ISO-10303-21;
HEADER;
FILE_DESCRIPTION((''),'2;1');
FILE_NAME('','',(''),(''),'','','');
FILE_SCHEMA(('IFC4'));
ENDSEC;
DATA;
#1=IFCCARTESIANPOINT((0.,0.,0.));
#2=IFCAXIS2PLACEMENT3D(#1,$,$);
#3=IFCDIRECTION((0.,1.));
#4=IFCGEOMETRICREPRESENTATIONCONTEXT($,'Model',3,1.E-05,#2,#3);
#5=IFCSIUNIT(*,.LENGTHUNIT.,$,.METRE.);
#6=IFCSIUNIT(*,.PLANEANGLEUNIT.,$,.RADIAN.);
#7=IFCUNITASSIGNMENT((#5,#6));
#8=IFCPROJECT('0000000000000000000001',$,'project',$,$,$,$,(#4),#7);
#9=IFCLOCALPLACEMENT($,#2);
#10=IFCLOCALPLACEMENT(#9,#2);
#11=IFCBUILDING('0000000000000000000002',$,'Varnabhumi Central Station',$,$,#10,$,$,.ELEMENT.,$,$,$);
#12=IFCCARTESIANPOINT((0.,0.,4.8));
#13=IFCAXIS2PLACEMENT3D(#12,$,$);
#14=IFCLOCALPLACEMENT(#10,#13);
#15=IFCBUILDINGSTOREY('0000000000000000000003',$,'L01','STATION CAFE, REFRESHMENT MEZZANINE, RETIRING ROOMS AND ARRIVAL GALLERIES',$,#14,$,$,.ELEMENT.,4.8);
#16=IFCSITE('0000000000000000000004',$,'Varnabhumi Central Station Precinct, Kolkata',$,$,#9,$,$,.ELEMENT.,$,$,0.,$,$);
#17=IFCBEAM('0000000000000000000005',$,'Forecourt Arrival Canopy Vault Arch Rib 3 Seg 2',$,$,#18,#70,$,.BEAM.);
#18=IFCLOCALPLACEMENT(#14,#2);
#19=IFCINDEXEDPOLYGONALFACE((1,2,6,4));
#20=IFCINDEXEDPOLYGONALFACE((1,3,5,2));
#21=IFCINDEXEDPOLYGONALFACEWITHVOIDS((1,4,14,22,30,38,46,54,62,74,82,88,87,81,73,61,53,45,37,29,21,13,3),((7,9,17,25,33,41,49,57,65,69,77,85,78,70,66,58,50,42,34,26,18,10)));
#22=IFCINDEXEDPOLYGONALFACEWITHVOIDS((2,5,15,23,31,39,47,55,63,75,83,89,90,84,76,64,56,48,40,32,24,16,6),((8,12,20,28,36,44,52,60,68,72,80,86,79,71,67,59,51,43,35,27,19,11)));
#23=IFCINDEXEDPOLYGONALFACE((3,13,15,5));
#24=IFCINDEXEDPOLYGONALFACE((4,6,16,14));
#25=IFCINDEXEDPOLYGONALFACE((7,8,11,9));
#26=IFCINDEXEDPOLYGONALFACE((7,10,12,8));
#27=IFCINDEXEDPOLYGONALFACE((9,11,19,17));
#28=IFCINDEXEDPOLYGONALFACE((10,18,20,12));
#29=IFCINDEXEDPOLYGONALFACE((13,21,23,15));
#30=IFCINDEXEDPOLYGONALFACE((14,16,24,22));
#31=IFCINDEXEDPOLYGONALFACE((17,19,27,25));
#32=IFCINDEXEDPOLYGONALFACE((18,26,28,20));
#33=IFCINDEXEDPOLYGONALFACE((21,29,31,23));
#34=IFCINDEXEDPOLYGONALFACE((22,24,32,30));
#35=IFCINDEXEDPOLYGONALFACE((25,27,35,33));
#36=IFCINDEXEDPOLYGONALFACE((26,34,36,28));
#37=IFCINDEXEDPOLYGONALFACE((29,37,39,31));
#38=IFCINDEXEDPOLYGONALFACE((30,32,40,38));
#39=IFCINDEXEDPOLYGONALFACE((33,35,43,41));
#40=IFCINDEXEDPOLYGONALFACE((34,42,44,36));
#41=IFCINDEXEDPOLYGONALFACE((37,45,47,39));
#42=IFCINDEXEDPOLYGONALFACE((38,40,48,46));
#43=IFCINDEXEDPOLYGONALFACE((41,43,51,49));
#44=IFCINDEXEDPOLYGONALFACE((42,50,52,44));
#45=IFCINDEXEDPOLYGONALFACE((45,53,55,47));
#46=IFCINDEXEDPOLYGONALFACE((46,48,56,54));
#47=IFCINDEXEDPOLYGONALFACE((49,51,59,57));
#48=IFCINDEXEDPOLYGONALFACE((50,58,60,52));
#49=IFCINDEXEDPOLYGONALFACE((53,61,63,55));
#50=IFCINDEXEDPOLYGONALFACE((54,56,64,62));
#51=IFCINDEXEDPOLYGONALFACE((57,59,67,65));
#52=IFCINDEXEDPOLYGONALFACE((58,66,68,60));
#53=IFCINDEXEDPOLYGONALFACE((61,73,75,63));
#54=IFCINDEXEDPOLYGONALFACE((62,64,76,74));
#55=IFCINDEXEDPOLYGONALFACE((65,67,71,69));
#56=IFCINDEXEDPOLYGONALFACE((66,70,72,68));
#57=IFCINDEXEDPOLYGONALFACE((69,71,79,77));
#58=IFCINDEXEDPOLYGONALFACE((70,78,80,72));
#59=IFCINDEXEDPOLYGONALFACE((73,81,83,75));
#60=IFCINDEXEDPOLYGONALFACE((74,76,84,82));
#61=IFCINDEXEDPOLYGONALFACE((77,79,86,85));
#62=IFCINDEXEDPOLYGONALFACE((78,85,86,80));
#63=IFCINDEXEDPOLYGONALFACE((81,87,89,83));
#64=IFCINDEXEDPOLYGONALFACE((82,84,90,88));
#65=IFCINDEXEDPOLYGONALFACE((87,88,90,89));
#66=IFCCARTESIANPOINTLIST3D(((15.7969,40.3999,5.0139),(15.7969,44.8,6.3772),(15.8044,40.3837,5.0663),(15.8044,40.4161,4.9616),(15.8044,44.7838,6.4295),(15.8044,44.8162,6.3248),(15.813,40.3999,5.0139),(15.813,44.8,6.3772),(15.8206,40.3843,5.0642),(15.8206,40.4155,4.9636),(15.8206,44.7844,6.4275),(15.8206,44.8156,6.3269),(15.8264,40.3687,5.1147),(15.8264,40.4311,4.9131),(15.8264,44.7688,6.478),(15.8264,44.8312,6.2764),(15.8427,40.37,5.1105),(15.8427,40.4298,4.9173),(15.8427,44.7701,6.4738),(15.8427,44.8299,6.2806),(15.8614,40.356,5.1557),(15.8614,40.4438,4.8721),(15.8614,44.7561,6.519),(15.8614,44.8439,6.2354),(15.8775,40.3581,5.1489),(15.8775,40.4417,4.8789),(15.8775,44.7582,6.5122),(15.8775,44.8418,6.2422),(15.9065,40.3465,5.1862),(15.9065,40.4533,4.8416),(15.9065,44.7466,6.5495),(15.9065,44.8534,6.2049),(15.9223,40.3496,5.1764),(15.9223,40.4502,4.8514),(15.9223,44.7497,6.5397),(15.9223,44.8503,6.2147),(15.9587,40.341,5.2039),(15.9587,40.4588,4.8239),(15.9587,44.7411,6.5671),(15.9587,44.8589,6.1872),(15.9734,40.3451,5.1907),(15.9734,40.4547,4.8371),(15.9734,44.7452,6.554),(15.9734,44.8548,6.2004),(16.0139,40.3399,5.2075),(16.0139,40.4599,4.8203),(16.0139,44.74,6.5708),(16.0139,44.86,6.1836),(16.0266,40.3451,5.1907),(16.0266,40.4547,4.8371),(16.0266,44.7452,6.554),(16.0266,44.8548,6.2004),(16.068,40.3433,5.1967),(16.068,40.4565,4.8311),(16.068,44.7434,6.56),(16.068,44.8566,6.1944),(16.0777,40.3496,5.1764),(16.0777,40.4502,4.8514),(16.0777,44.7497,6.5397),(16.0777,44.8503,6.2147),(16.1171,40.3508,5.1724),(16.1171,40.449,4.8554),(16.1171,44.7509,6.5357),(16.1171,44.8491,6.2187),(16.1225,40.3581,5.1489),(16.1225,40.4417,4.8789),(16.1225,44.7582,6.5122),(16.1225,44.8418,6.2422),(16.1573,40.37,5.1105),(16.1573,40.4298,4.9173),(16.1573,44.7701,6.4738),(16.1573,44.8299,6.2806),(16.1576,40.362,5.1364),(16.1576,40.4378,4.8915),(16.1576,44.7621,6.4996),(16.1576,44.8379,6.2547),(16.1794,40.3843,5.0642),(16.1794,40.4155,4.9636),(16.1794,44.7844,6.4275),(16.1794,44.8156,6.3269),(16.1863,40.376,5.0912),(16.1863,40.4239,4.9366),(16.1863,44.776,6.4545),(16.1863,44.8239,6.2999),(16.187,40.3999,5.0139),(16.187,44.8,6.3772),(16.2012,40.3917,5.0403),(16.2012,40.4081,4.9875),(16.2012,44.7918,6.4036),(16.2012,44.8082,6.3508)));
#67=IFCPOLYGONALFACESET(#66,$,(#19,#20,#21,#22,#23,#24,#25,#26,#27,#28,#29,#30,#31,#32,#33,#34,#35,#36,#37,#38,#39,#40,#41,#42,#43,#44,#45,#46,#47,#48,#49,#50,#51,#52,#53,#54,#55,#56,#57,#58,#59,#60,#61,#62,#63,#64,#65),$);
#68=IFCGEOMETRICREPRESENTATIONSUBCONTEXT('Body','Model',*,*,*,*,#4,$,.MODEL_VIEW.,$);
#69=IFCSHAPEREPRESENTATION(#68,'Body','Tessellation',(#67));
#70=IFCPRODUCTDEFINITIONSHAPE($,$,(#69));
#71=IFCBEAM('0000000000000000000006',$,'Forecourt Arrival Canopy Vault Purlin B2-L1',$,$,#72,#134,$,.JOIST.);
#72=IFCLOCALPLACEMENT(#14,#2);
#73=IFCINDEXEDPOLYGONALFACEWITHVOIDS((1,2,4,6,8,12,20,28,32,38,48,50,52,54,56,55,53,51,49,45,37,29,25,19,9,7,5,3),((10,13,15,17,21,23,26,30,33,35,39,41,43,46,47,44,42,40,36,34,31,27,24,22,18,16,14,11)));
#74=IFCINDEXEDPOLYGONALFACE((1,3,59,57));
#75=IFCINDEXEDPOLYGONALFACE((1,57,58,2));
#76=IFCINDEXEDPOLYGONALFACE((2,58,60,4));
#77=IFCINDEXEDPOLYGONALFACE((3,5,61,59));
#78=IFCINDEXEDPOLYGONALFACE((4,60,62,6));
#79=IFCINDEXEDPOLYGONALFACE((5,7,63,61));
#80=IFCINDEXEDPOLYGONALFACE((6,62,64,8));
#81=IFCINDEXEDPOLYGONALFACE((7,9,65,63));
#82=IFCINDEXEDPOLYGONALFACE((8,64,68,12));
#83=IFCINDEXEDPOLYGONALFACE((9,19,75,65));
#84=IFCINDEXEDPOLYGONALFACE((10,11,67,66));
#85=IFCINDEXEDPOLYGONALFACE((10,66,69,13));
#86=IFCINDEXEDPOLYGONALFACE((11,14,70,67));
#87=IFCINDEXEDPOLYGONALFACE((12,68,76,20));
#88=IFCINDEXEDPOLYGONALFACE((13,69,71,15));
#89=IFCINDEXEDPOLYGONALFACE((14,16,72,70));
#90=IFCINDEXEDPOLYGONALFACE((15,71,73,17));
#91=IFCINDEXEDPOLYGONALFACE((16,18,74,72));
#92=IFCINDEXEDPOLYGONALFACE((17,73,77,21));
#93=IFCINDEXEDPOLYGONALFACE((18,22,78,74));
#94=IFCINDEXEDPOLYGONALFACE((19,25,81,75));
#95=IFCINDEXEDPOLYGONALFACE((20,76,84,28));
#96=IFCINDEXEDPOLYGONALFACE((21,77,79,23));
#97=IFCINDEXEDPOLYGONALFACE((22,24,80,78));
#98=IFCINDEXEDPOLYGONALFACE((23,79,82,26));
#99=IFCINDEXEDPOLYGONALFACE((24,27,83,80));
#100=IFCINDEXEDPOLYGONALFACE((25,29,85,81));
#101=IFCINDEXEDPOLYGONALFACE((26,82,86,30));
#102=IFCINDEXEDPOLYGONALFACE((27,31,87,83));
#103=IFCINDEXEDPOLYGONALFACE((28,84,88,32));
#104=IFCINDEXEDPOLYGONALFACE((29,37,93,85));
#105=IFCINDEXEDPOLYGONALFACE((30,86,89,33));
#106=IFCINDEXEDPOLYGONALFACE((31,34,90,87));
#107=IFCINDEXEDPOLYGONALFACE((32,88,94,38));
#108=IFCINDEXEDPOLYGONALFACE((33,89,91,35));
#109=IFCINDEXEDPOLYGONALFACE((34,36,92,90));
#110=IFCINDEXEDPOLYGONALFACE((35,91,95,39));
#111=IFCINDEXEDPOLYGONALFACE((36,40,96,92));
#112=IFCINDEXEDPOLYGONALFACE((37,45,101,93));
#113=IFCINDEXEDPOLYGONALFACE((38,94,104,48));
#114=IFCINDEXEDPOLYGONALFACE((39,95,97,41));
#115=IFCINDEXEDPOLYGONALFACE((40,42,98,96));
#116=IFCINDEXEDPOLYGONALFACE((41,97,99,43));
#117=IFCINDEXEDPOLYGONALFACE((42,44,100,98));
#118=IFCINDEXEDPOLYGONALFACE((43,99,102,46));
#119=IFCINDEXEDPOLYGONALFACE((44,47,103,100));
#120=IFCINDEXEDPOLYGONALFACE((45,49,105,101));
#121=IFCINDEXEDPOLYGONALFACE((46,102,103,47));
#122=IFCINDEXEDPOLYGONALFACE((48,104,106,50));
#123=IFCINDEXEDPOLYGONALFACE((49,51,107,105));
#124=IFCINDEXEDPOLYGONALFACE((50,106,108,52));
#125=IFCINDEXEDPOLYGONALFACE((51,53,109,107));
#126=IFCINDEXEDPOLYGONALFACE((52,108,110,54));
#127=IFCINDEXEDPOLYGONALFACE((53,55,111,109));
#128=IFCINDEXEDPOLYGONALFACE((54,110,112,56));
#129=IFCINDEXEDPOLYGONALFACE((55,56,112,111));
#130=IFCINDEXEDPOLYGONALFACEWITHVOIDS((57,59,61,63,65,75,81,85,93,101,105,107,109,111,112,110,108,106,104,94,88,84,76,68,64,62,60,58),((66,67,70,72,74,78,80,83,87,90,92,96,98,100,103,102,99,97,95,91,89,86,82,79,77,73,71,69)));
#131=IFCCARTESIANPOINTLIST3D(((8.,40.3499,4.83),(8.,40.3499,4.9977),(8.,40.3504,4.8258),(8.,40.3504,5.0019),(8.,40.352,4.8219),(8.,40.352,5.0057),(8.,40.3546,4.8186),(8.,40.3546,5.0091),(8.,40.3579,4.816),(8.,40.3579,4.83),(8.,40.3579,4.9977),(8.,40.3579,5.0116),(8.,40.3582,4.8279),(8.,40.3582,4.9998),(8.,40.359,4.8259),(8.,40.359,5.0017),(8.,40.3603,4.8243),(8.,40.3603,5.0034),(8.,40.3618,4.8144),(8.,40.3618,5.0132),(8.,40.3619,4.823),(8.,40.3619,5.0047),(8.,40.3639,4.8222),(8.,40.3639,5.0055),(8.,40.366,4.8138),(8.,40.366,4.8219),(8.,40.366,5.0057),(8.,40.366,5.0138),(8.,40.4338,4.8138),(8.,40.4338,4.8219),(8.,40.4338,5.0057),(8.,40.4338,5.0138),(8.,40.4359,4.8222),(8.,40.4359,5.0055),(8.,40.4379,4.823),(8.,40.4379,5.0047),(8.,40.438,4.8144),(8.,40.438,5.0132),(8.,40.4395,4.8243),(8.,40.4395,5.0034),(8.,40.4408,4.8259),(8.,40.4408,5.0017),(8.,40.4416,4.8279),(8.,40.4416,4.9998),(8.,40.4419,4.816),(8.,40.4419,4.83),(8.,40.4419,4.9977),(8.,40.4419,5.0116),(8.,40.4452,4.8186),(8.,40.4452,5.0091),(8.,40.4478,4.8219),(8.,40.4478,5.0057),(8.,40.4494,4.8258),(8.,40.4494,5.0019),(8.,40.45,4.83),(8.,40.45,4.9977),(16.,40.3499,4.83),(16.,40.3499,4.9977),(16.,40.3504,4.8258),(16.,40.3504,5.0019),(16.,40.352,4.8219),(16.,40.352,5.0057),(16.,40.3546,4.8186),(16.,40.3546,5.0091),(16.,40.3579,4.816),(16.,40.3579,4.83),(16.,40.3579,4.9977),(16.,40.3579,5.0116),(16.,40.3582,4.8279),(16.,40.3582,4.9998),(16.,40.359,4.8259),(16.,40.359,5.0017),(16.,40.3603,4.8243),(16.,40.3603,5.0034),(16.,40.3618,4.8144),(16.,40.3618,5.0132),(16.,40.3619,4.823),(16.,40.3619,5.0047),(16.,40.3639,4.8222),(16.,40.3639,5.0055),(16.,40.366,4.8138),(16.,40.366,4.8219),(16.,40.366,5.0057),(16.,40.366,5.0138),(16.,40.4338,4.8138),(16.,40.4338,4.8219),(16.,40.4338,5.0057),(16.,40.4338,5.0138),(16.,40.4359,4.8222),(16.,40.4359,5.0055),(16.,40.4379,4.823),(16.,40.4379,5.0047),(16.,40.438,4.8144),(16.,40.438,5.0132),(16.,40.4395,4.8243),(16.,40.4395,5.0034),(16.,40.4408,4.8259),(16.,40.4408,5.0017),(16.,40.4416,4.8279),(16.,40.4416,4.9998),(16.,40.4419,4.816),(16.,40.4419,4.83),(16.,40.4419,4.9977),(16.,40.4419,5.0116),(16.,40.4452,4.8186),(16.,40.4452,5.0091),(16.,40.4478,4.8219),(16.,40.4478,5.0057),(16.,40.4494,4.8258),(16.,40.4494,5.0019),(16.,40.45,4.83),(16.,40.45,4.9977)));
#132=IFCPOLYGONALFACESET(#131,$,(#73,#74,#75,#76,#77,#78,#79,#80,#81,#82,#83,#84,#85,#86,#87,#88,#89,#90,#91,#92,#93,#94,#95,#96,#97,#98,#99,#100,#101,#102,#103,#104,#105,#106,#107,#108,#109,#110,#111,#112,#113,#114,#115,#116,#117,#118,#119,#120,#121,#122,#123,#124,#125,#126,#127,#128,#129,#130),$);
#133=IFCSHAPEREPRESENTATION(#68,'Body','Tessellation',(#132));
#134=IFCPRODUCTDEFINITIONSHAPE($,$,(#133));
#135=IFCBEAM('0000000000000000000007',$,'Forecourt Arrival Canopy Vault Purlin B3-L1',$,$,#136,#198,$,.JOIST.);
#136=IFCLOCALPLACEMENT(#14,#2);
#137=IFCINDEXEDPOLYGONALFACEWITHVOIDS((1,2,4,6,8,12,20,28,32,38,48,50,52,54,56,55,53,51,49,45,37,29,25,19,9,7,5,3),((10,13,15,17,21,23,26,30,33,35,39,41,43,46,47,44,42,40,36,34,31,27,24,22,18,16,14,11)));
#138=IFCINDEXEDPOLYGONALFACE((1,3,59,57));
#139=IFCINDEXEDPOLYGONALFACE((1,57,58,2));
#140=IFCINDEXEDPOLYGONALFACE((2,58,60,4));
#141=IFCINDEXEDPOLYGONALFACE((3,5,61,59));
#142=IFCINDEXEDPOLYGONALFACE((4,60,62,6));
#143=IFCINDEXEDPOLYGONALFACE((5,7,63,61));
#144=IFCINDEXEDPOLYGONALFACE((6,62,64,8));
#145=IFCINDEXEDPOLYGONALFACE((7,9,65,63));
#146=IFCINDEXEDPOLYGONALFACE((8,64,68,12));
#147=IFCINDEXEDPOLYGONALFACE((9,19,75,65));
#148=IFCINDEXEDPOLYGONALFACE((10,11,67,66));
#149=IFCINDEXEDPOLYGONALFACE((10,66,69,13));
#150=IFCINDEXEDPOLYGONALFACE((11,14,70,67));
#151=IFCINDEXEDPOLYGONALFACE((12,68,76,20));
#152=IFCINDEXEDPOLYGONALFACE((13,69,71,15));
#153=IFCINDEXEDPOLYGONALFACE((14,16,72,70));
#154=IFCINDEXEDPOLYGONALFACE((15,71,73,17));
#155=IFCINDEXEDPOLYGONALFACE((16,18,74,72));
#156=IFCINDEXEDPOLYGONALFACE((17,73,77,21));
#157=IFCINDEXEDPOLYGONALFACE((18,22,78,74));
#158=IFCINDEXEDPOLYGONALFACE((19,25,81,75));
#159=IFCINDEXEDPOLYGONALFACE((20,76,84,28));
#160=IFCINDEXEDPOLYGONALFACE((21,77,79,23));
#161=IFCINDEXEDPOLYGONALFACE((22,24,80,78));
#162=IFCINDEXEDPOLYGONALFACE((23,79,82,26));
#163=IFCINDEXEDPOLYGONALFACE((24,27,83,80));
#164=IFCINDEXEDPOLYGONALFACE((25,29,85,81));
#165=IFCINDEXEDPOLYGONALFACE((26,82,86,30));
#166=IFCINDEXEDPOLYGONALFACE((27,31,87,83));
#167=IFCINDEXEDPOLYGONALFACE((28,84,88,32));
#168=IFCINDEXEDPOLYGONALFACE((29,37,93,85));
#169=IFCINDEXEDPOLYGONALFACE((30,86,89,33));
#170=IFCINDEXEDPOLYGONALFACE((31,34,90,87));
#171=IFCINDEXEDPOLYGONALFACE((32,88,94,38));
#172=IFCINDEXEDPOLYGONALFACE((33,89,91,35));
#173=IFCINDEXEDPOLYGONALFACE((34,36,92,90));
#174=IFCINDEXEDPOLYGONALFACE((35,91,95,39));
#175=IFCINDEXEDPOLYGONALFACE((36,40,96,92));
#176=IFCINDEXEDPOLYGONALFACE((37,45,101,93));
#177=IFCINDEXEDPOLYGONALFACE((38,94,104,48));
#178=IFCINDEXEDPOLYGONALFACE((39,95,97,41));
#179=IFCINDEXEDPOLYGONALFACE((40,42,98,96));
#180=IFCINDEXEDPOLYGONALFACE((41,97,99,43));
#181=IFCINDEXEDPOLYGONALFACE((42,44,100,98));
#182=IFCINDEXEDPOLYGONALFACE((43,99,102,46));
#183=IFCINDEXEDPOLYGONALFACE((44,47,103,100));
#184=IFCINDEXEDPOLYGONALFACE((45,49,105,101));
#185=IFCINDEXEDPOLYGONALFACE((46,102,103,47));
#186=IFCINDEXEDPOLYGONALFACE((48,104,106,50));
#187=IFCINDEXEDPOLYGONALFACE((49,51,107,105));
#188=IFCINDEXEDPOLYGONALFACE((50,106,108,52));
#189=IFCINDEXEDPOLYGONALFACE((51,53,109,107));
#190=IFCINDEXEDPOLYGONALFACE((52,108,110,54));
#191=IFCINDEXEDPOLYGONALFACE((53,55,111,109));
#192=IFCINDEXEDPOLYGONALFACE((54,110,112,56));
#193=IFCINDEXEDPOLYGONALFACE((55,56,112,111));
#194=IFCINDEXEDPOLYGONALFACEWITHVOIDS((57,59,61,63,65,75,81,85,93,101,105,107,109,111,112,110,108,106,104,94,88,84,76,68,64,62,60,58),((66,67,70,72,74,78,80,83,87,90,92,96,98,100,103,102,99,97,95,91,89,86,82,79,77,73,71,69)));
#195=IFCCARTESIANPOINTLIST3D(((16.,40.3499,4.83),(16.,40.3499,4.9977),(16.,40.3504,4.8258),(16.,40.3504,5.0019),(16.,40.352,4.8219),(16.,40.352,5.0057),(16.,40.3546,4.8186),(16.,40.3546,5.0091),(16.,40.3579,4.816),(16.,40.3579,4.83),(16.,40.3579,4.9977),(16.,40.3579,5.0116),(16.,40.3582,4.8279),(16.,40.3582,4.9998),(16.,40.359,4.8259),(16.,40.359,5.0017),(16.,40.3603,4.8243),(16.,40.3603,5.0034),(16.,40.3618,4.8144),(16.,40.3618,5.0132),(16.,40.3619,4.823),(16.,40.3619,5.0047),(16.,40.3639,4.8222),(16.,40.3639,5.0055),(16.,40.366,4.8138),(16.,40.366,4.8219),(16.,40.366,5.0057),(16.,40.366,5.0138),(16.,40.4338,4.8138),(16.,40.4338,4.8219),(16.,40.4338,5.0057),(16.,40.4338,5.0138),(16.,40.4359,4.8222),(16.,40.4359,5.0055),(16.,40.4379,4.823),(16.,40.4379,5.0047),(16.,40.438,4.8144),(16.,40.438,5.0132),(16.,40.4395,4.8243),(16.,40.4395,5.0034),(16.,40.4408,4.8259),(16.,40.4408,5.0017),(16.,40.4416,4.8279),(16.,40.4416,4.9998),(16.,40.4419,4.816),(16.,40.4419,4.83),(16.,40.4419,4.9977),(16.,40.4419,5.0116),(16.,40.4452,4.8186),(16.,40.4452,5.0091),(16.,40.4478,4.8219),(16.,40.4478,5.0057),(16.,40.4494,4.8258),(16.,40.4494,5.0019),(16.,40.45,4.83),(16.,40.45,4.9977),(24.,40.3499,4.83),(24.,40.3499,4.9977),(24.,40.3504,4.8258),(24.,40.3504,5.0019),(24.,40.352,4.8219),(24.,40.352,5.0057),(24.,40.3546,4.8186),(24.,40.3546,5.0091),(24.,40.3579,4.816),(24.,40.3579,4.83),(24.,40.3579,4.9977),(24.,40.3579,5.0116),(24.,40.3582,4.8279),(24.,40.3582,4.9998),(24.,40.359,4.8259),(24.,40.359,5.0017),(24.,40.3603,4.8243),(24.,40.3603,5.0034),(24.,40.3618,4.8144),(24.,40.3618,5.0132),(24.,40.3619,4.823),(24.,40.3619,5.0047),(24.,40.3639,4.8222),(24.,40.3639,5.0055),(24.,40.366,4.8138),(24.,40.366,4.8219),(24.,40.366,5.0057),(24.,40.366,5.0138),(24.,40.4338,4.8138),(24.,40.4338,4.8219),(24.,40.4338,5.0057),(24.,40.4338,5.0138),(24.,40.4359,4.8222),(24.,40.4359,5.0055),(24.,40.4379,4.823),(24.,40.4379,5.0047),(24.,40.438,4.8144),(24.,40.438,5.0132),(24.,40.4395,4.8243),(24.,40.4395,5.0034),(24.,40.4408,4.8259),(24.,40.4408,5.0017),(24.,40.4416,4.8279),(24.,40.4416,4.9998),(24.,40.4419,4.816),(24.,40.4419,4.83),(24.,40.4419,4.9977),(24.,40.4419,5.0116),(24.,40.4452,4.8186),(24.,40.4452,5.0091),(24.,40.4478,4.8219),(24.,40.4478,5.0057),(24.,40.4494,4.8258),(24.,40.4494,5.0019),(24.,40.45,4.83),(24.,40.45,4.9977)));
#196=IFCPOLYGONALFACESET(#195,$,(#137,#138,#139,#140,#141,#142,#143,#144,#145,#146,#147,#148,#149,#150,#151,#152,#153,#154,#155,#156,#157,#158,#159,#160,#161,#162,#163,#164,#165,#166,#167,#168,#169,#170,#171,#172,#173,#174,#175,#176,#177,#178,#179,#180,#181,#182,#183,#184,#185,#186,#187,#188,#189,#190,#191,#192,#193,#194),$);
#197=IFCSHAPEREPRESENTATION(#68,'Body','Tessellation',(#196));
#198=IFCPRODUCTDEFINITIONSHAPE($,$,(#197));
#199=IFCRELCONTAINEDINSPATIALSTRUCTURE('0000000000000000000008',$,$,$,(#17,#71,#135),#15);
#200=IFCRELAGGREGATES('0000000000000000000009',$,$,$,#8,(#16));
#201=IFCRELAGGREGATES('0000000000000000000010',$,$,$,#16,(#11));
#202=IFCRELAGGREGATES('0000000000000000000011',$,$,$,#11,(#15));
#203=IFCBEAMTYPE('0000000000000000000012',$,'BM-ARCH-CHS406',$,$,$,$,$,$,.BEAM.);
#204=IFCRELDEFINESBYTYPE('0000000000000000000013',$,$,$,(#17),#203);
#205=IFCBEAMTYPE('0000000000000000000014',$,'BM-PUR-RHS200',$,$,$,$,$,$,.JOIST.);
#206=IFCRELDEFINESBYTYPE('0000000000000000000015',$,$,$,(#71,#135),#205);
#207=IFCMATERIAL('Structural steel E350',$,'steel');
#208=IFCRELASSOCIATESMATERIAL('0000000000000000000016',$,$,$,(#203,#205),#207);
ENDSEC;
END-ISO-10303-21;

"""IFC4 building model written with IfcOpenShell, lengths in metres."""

from ifc_helpers import new_model, si_unit, direction, frame, origin, origin_2d, place, context, subcontext, project, spatial, hollow_rectangle, hollow_circle, extrude, material, material_profile, profile_set, type_object, element, save


model = new_model("IFC4")

# Units and contexts
model_context = context("Model", 3, precision=1e-05, world=origin(), true_north=direction((0.0, 1.0)))
body_context = subcontext(model_context, "Body", "Model", "MODEL_VIEW")
ifc_project = project(units=[si_unit("LENGTHUNIT", "METRE"), si_unit("PLANEANGLEUNIT", "RADIAN")], contexts=[model_context])

# Site, building, storey
site_placement = place(None, origin())
site = spatial("IfcSite", under=ifc_project, at=site_placement, Name="Varnabhumi Central Station Precinct, Kolkata", CompositionType="ELEMENT", RefElevation=0.0)
building_placement = place(site_placement, origin())
building = spatial("IfcBuilding", under=site, at=building_placement, Name="Varnabhumi Central Station", CompositionType="ELEMENT")
storey_placement = place(building_placement, frame((0.0, 0.0, 4.8)))
storey = spatial("IfcBuildingStorey", under=building, at=storey_placement, Name="L01", Description="STATION CAFE, REFRESHMENT MEZZANINE, RETIRING ROOMS AND ARRIVAL GALLERIES", CompositionType="ELEMENT", Elevation=4.8)

# Beams
ifc_material_1 = material(Name="Structural steel E350", Category="steel")
ifc_material_profile_1 = material_profile(ifc_material_1, hollow_circle(Radius=0.2031, WallThickness=0.0161, at=origin_2d()), Name="Structural steel E350", Category="steel")
ifc_profile_set_1 = profile_set([ifc_material_profile_1], Name="Structural steel E350")
beam_type_1 = type_object("IfcBeamType", Name="BM-ARCH-CHS406", PredefinedType="BEAM", material=ifc_profile_set_1)
beam_1_placement = place(storey_placement, frame((16.0, 40.3999, 5.0139), z_axis=(0.0, 0.955204, 0.295947), x_axis=(-1.0, 0.0, 0.0)))
element("IfcBeam", 1, at=beam_1_placement, inside=storey, type_object=beam_type_1, Name="Forecourt Arrival Canopy Vault Arch Rib 3 Seg 2", PredefinedType="BEAM", context=body_context, shape_type="SweptSolid", body=[
    extrude(hollow_circle(Radius=0.2031, WallThickness=0.0161, at=origin_2d()), origin(), (0.0, 0.0, 1.0), 4.6064),
])
ifc_material_profile_2 = material_profile(ifc_material_1, hollow_rectangle(XDim=0.1001, YDim=0.2, WallThickness=0.0081, InnerFilletRadius=0.0081, OuterFilletRadius=0.0161, at=origin_2d()), Name="Structural steel E350", Category="steel")
ifc_profile_set_2 = profile_set([ifc_material_profile_2], Name="Structural steel E350")
beam_type_2 = type_object("IfcBeamType", Name="BM-PUR-RHS200", PredefinedType="JOIST", material=ifc_profile_set_2)
for number, where, z_axis, x_axis, name in (
    (2, (8.0, 40.3999, 4.9138), (1.0, 0.0, 0.0), (0.0, 1.0, 0.0), "Forecourt Arrival Canopy Vault Purlin B2-L1"),
    (3, (16.0, 40.3999, 4.9138), (1.0, 0.0, 0.0), (0.0, 1.0, 0.0), "Forecourt Arrival Canopy Vault Purlin B3-L1"),
):
    element("IfcBeam", number, at=place(storey_placement, frame(where, z_axis=z_axis, x_axis=x_axis)), inside=storey, type_object=beam_type_2, Name=name, PredefinedType="JOIST", context=body_context, shape_type="SweptSolid", body=[
        extrude(hollow_rectangle(XDim=0.1001, YDim=0.2, WallThickness=0.0081, InnerFilletRadius=0.0081, OuterFilletRadius=0.0161, at=origin_2d()), origin(), (0.0, 0.0, 1.0), 8.0),
    ])

save(model, "model.ifc")
